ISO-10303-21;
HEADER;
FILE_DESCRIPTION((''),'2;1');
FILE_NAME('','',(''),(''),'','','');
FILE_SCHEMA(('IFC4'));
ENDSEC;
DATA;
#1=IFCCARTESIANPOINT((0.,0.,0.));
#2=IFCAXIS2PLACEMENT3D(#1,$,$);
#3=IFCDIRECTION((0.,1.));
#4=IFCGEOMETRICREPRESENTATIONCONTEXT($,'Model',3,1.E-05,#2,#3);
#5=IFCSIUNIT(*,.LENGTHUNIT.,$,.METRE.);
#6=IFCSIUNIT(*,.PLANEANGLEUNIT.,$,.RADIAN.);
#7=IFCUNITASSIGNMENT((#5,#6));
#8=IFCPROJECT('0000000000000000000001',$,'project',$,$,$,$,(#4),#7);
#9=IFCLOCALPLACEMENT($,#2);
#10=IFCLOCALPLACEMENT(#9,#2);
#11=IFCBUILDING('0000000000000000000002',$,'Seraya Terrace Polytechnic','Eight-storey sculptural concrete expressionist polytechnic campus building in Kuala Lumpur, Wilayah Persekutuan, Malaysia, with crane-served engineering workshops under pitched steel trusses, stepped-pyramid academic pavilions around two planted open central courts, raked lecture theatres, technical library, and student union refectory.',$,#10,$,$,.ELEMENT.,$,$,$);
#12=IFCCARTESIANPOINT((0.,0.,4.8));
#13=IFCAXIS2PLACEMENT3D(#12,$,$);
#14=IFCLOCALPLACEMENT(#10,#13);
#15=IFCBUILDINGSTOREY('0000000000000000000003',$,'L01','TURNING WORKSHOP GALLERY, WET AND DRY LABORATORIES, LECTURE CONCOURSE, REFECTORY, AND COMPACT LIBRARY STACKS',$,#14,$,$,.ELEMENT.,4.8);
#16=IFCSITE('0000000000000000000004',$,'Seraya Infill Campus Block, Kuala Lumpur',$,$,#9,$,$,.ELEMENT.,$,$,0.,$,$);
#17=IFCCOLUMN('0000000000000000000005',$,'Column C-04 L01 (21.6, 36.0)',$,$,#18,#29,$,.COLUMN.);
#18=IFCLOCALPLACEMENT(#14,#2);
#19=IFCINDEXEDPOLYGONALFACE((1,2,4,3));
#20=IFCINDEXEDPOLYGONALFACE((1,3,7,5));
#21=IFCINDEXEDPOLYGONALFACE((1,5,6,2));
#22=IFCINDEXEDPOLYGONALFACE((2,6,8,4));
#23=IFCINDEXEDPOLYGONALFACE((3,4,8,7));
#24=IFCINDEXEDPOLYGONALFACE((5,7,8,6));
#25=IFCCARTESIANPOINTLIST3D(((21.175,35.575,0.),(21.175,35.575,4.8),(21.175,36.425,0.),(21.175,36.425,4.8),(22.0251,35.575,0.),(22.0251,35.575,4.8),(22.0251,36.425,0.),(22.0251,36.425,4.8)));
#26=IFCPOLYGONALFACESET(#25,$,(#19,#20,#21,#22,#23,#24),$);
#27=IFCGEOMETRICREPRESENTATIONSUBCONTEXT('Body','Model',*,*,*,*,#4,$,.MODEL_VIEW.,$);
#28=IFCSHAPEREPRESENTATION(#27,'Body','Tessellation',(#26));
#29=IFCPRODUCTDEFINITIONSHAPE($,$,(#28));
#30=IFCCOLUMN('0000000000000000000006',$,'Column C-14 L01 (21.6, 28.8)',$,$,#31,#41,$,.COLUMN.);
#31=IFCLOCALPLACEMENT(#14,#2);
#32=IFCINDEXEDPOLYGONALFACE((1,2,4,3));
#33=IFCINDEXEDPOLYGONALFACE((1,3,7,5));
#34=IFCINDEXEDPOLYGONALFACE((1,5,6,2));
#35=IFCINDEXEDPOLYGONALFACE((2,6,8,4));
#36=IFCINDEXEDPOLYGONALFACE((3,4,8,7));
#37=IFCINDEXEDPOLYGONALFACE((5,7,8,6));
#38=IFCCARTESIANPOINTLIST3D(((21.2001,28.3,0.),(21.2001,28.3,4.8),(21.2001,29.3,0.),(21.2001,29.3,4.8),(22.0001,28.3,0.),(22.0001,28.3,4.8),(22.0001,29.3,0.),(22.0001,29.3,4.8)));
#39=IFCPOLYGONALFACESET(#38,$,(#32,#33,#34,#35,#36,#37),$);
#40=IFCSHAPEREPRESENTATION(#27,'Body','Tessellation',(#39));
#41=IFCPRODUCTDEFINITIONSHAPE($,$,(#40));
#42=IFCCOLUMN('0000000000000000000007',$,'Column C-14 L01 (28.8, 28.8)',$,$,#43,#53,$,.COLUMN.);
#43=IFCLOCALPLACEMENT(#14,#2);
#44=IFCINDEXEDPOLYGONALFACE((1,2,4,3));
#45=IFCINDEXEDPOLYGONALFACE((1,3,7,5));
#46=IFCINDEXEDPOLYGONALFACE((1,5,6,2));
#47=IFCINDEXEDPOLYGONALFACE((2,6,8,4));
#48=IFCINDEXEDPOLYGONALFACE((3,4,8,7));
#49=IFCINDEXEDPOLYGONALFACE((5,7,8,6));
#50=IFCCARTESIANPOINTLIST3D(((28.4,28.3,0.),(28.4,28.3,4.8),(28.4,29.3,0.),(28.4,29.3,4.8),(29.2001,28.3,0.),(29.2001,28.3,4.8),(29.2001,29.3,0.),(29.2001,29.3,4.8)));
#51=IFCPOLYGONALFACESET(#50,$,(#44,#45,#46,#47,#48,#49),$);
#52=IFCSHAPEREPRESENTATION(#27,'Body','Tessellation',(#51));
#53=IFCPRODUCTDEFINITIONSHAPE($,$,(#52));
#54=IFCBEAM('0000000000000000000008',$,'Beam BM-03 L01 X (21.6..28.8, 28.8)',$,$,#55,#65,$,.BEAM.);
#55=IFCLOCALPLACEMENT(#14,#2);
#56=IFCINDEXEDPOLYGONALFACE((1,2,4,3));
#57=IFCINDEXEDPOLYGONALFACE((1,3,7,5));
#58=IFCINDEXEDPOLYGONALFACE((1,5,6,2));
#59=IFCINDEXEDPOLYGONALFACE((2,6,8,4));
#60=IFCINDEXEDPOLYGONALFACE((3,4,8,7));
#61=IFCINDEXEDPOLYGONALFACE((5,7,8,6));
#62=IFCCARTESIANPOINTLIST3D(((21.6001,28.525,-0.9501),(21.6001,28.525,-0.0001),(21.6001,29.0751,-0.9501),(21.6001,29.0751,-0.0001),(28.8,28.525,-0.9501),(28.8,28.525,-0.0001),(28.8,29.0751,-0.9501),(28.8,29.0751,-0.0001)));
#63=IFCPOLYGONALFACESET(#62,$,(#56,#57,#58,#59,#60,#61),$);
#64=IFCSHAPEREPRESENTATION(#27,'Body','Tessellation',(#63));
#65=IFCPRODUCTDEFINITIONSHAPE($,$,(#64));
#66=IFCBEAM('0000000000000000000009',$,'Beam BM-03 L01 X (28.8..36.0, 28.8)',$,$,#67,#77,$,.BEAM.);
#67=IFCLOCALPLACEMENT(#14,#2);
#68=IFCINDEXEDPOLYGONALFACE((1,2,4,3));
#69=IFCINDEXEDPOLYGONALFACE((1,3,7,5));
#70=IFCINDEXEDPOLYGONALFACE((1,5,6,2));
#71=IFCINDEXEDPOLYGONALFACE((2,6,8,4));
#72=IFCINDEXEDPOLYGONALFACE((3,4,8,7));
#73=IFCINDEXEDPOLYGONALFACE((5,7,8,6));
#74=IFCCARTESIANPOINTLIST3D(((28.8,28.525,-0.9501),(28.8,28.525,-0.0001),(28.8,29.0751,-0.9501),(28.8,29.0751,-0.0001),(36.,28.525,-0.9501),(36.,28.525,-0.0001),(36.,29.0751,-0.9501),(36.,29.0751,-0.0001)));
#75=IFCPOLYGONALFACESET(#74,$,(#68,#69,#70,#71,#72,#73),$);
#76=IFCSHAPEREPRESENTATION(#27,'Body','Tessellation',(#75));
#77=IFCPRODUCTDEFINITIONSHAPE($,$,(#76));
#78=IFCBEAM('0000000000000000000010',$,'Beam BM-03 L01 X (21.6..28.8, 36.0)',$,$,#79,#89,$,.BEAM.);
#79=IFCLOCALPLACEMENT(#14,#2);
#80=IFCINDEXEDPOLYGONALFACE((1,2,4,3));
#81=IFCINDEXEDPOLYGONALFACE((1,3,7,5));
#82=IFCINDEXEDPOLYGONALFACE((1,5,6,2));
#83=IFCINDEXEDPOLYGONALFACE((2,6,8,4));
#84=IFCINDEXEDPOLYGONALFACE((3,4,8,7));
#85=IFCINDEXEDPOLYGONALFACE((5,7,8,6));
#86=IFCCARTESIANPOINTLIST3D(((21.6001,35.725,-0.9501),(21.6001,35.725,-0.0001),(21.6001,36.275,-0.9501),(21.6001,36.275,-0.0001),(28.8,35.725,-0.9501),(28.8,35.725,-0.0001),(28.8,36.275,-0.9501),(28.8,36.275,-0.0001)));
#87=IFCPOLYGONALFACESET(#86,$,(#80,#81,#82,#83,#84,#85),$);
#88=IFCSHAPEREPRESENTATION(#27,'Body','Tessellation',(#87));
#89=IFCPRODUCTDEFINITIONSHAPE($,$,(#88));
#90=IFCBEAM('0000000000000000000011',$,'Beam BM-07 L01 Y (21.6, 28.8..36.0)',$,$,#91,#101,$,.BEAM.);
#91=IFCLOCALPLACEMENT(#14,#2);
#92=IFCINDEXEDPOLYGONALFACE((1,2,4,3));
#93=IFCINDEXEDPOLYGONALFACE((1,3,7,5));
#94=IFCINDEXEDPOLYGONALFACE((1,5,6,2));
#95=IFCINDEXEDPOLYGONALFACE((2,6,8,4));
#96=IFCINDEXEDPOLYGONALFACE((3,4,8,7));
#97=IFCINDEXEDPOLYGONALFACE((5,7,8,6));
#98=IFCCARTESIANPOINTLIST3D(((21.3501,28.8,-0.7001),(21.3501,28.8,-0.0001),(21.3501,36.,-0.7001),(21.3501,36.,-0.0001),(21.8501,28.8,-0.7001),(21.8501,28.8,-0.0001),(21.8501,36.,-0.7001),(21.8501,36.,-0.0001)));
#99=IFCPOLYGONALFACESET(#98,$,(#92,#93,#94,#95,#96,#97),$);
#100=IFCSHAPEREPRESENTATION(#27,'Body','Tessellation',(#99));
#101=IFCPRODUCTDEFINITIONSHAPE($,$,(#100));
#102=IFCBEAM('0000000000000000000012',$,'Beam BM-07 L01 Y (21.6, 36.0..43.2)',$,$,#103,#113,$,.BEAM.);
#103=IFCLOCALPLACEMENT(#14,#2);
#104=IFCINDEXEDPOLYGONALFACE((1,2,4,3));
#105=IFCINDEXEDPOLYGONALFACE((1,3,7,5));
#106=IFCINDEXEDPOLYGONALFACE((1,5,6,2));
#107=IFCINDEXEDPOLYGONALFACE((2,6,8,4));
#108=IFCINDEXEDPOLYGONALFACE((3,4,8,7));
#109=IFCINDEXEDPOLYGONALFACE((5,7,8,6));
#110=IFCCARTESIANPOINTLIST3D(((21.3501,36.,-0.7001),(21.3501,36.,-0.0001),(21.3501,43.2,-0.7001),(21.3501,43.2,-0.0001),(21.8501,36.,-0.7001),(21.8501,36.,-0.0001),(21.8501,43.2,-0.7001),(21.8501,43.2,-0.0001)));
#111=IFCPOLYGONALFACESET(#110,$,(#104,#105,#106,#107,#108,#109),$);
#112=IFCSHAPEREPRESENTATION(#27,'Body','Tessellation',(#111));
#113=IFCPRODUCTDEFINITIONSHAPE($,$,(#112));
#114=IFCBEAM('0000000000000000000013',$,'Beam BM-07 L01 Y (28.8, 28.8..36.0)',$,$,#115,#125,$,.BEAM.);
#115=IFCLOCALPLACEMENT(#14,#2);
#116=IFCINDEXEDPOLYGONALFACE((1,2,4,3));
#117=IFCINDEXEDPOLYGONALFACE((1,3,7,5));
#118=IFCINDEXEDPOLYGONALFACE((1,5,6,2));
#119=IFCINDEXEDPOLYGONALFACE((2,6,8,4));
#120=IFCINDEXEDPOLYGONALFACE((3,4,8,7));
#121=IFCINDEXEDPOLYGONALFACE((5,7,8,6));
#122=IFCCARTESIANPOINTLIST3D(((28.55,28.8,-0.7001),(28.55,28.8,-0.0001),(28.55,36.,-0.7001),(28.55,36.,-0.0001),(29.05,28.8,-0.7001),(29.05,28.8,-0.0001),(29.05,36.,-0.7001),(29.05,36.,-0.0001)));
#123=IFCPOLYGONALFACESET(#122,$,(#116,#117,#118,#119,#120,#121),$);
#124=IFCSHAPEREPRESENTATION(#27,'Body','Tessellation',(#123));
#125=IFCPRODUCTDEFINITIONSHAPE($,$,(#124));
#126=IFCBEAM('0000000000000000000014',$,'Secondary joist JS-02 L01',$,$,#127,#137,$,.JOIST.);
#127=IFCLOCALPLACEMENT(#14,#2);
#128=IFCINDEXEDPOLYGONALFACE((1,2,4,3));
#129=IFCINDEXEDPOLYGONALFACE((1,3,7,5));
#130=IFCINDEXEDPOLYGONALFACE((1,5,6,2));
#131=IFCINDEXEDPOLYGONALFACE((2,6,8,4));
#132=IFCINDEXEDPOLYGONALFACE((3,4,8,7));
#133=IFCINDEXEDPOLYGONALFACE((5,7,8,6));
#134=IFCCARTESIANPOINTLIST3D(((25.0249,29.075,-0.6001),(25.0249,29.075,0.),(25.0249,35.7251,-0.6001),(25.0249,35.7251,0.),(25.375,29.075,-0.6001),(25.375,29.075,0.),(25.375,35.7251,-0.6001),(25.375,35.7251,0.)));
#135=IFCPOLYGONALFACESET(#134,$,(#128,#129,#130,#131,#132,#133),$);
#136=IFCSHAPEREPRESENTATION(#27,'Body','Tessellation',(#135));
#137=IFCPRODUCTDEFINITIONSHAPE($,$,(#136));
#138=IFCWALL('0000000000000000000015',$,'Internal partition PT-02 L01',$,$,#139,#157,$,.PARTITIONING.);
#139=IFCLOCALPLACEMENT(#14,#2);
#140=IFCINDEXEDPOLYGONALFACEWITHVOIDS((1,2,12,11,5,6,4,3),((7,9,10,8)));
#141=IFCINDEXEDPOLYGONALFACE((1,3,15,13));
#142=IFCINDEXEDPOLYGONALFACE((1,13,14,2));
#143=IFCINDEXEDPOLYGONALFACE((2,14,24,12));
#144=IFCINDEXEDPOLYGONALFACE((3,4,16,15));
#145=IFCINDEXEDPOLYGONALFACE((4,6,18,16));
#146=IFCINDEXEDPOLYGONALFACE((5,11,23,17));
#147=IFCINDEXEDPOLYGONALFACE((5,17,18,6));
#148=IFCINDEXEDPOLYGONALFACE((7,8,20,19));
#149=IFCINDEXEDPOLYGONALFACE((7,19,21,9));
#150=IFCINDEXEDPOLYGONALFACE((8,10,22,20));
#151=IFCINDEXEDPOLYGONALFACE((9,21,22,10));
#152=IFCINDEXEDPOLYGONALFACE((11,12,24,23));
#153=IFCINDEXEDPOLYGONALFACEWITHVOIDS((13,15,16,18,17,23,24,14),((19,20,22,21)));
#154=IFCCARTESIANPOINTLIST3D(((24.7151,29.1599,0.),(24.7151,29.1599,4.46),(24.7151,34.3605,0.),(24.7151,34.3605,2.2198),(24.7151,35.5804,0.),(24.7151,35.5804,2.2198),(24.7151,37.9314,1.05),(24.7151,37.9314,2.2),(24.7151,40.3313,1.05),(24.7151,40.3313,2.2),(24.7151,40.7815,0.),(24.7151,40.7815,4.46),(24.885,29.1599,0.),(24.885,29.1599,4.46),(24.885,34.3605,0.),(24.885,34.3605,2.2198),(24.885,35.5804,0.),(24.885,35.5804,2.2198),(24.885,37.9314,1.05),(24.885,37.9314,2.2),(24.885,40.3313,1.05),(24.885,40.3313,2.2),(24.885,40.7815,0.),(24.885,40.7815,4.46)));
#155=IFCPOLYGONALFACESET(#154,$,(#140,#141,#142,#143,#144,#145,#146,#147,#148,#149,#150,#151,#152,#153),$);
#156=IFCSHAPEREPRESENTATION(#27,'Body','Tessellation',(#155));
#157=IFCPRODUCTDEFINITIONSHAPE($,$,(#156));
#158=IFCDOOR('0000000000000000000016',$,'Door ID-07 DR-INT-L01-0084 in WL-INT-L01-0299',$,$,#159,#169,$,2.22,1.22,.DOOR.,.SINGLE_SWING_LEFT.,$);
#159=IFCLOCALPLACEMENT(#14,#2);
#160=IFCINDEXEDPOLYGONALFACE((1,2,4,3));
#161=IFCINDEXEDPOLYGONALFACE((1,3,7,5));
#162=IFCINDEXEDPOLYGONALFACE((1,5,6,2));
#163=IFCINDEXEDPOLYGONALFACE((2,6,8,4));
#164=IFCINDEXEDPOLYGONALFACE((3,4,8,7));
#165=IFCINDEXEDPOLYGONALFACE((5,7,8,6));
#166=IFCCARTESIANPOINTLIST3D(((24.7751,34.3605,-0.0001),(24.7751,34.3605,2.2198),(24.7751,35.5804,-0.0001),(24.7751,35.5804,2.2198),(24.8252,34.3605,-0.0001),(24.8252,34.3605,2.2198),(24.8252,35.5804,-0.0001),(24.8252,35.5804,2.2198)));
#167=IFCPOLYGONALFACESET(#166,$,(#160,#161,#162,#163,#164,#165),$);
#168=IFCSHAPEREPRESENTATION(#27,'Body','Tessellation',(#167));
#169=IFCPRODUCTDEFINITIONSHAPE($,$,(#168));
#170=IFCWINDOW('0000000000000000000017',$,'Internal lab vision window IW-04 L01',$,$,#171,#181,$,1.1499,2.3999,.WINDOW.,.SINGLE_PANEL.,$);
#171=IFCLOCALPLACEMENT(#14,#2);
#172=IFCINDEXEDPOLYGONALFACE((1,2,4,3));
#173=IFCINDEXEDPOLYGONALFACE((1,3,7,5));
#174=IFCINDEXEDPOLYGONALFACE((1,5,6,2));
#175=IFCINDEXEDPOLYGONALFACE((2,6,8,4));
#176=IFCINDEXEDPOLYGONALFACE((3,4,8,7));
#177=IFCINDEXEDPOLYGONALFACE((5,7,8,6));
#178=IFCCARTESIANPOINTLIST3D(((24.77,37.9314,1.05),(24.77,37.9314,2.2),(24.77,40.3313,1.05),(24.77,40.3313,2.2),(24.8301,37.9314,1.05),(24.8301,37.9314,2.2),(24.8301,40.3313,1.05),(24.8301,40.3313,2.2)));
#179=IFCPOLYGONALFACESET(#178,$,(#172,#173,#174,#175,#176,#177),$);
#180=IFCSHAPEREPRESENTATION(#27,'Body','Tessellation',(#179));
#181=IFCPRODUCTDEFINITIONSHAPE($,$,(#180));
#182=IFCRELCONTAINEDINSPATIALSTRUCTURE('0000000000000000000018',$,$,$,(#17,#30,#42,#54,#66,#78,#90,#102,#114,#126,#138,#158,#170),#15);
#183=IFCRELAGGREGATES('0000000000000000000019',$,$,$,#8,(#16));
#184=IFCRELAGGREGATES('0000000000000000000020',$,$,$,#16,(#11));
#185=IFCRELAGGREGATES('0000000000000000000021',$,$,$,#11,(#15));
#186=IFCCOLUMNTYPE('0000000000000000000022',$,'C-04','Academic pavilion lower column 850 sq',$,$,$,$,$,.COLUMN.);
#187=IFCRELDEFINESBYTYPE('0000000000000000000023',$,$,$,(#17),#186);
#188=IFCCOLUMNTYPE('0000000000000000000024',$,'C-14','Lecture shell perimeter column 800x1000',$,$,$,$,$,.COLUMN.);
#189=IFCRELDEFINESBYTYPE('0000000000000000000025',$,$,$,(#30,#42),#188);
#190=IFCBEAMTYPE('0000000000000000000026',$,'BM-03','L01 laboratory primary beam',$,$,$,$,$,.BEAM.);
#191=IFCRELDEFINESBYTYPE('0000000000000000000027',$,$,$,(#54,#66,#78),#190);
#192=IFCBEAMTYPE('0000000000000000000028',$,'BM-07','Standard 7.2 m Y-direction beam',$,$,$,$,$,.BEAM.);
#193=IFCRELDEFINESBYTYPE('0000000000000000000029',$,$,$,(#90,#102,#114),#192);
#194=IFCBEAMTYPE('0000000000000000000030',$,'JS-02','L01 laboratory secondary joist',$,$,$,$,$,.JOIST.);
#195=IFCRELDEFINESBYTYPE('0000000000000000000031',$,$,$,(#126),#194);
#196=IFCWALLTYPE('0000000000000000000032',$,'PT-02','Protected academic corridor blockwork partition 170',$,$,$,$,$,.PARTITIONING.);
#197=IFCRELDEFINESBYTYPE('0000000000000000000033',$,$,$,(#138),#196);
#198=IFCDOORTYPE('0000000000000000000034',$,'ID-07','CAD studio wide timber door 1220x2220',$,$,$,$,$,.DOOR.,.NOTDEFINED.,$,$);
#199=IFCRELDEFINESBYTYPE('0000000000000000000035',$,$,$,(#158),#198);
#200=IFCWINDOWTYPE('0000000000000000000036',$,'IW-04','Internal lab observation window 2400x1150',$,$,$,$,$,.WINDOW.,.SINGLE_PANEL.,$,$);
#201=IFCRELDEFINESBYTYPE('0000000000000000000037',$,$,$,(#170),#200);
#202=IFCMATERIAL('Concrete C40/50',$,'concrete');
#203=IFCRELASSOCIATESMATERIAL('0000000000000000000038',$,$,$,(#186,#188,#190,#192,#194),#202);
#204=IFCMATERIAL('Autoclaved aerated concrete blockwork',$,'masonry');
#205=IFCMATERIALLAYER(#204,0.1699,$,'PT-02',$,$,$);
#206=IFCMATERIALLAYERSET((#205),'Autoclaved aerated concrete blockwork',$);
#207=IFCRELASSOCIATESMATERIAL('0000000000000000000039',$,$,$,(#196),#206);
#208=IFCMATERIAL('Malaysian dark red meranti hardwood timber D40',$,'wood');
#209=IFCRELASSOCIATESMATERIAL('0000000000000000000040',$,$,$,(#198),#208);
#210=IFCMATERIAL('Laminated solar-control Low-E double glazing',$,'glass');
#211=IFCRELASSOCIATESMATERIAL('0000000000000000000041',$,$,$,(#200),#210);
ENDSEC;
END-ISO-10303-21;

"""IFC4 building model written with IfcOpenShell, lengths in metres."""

from ifc_helpers import new_model, si_unit, direction, frame, frame_2d, origin, origin_2d, place, context, subcontext, project, spatial, rectangle, extrude, material, layer, layer_set, material_profile, profile_set, type_object, element, fill, save


model = new_model("IFC4")

# Units and contexts
model_context = context("Model", 3, precision=1e-05, world=origin(), true_north=direction((0.0, 1.0)))
body_context = subcontext(model_context, "Body", "Model", "MODEL_VIEW")
ifc_project = project(units=[si_unit("LENGTHUNIT", "METRE"), si_unit("PLANEANGLEUNIT", "RADIAN")], contexts=[model_context])

# Site, building, storey
site_placement = place(None, origin())
site = spatial("IfcSite", under=ifc_project, at=site_placement, Name="Seraya Infill Campus Block, Kuala Lumpur", CompositionType="ELEMENT", RefElevation=0.0)
building_placement = place(site_placement, origin())
building = spatial("IfcBuilding", under=site, at=building_placement, Name="Seraya Terrace Polytechnic", Description="Eight-storey sculptural concrete expressionist polytechnic campus building in Kuala Lumpur, Wilayah Persekutuan, Malaysia, with crane-served engineering workshops under pitched steel trusses, stepped-pyramid academic pavilions around two planted open central courts, raked lecture theatres, technical library, and student union refectory.", CompositionType="ELEMENT")
storey_placement = place(building_placement, frame((0.0, 0.0, 4.8)))
storey = spatial("IfcBuildingStorey", under=building, at=storey_placement, Name="L01", Description="TURNING WORKSHOP GALLERY, WET AND DRY LABORATORIES, LECTURE CONCOURSE, REFECTORY, AND COMPACT LIBRARY STACKS", CompositionType="ELEMENT", Elevation=4.8)

# Columns
ifc_material_1 = material(Name="Concrete C40/50", Category="concrete")
ifc_material_profile_1 = material_profile(ifc_material_1, rectangle(XDim=0.8501, YDim=0.8501, at=origin_2d()), Name="RC 850x850")
ifc_profile_set_1 = profile_set([ifc_material_profile_1], Name="Concrete C40/50")
column_type_1 = type_object("IfcColumnType", Name="C-04", Description="Academic pavilion lower column 850 sq", PredefinedType="COLUMN", material=ifc_profile_set_1)
column_placement = place(storey_placement, frame((21.6001, 36.0, 0.0), z_axis=(0.0, 0.0, 1.0), x_axis=(1.0, 0.0, 0.0)))
element("IfcColumn", 1, at=column_placement, inside=storey, type_object=column_type_1, Name="Column C-04 L01 (21.6, 36.0)", PredefinedType="COLUMN", context=body_context, shape_type="SweptSolid", body=[
    extrude(rectangle(XDim=0.8501, YDim=0.8501, at=origin_2d()), origin(), (0.0, 0.0, 1.0), 4.8),
])
ifc_material_profile_2 = material_profile(ifc_material_1, rectangle(XDim=0.8, YDim=1.0, at=origin_2d()), Name="RC 800x1000")
ifc_profile_set_2 = profile_set([ifc_material_profile_2], Name="Concrete C40/50")
column_type_2 = type_object("IfcColumnType", Name="C-14", Description="Lecture shell perimeter column 800x1000", PredefinedType="COLUMN", material=ifc_profile_set_2)
for number, where, z_axis, x_axis, name in (
    (2, (21.6001, 28.8, 0.0), (0.0, 0.0, 1.0), (1.0, 0.0, 0.0), "Column C-14 L01 (21.6, 28.8)"),
    (3, (28.8, 28.8, 0.0), (0.0, 0.0, 1.0), (1.0, 0.0, 0.0), "Column C-14 L01 (28.8, 28.8)"),
):
    element("IfcColumn", number, at=place(storey_placement, frame(where, z_axis=z_axis, x_axis=x_axis)), inside=storey, type_object=column_type_2, Name=name, PredefinedType="COLUMN", context=body_context, shape_type="SweptSolid", body=[
        extrude(rectangle(XDim=0.8, YDim=1.0, at=origin_2d()), origin(), (0.0, 0.0, 1.0), 4.8),
    ])

# Beams
ifc_material_profile_3 = material_profile(ifc_material_1, rectangle(XDim=0.55, YDim=0.95, at=origin_2d()), Name="RC 550x950")
ifc_profile_set_3 = profile_set([ifc_material_profile_3], Name="Concrete C40/50")
beam_type_1 = type_object("IfcBeamType", Name="BM-03", Description="L01 laboratory primary beam", PredefinedType="BEAM", material=ifc_profile_set_3)
for number, where, z_axis, x_axis, name in (
    (4, (21.6001, 28.8, -0.4751), (1.0, 0.0, 0.0), (0.0, 1.0, 0.0), "Beam BM-03 L01 X (21.6..28.8, 28.8)"),
    (5, (28.8, 28.8, -0.4751), (1.0, 0.0, 0.0), (0.0, 1.0, 0.0), "Beam BM-03 L01 X (28.8..36.0, 28.8)"),
    (6, (21.6001, 36.0, -0.4751), (1.0, 0.0, 0.0), (0.0, 1.0, 0.0), "Beam BM-03 L01 X (21.6..28.8, 36.0)"),
):
    element("IfcBeam", number, at=place(storey_placement, frame(where, z_axis=z_axis, x_axis=x_axis)), inside=storey, type_object=beam_type_1, Name=name, PredefinedType="BEAM", context=body_context, shape_type="SweptSolid", body=[
        extrude(rectangle(XDim=0.55, YDim=0.95, at=origin_2d()), origin(), (0.0, 0.0, 1.0), 7.2),
    ])
ifc_material_profile_4 = material_profile(ifc_material_1, rectangle(XDim=0.5, YDim=0.7, at=origin_2d()), Name="RC 500x700")
ifc_profile_set_4 = profile_set([ifc_material_profile_4], Name="Concrete C40/50")
beam_type_2 = type_object("IfcBeamType", Name="BM-07", Description="Standard 7.2 m Y-direction beam", PredefinedType="BEAM", material=ifc_profile_set_4)
for number, where, z_axis, x_axis, name in (
    (7, (21.6001, 28.8, -0.3501), (0.0, 1.0, 0.0), (-1.0, 0.0, 0.0), "Beam BM-07 L01 Y (21.6, 28.8..36.0)"),
    (8, (21.6001, 36.0, -0.3501), (0.0, 1.0, 0.0), (-1.0, 0.0, 0.0), "Beam BM-07 L01 Y (21.6, 36.0..43.2)"),
    (9, (28.8, 28.8, -0.3501), (0.0, 1.0, 0.0), (-1.0, 0.0, 0.0), "Beam BM-07 L01 Y (28.8, 28.8..36.0)"),
):
    element("IfcBeam", number, at=place(storey_placement, frame(where, z_axis=z_axis, x_axis=x_axis)), inside=storey, type_object=beam_type_2, Name=name, PredefinedType="BEAM", context=body_context, shape_type="SweptSolid", body=[
        extrude(rectangle(XDim=0.5, YDim=0.7, at=origin_2d()), origin(), (0.0, 0.0, 1.0), 7.2),
    ])
ifc_material_profile_5 = material_profile(ifc_material_1, rectangle(XDim=0.3501, YDim=0.6001, at=origin_2d()), Name="RC 350x600")
ifc_profile_set_5 = profile_set([ifc_material_profile_5], Name="Concrete C40/50")
beam_type_3 = type_object("IfcBeamType", Name="JS-02", Description="L01 laboratory secondary joist", PredefinedType="JOIST", material=ifc_profile_set_5)
beam_placement = place(storey_placement, frame((25.2, 29.075, -0.3), z_axis=(0.0, 1.0, 0.0), x_axis=(-1.0, 0.0, 0.0)))
element("IfcBeam", 10, at=beam_placement, inside=storey, type_object=beam_type_3, Name="Secondary joist JS-02 L01", PredefinedType="JOIST", context=body_context, shape_type="SweptSolid", body=[
    extrude(rectangle(XDim=0.3501, YDim=0.6001, at=origin_2d()), origin(), (0.0, 0.0, 1.0), 6.6501),
])

# Wall, openings, door, window
ifc_material_2 = material(Name="Autoclaved aerated concrete blockwork", Category="masonry")
ifc_layer_1 = layer(ifc_material_2, 0.1699, Name="PT-02")
ifc_layer_set_1 = layer_set([ifc_layer_1], Name="Autoclaved aerated concrete blockwork")
wall_type_1 = type_object("IfcWallType", Name="PT-02", Description="Protected academic corridor blockwork partition 170", PredefinedType="PARTITIONING", material=ifc_layer_set_1)
wall_1_placement = place(storey_placement, frame((24.8, 29.1599, 0.0), z_axis=(0.0, 0.0, 1.0), x_axis=(0.0, 1.0, 0.0)))
wall_1 = element("IfcWall", 11, at=wall_1_placement, inside=storey, type_object=wall_type_1, Name="Internal partition PT-02 L01", PredefinedType="PARTITIONING", context=body_context, shape_type="SweptSolid", body=[
    extrude(rectangle(XDim=11.6216, YDim=0.1699, at=frame_2d((5.8108, 0.0))), origin(), (0.0, 0.0, 1.0), 4.46),
])
opening_1_placement = place(wall_1_placement, frame((5.2007, 0.0, 0.0)))
opening_1 = element("IfcOpeningElement", 12, at=opening_1_placement, cuts=wall_1, PredefinedType="OPENING", context=body_context, shape_type="SweptSolid", body=[
    extrude(rectangle(XDim=1.22, YDim=2.22, at=frame_2d((0.6099, 1.1099))), frame((0.0, 0.0969, 0.0), z_axis=(0.0, -1.0, 0.0), x_axis=(1.0, 0.0, 0.0)), (0.0, 0.0, 1.0), 0.1938),
])
opening_2_placement = place(wall_1_placement, frame((8.7715, 0.0, 1.05)))
opening_2 = element("IfcOpeningElement", 13, at=opening_2_placement, cuts=wall_1, PredefinedType="OPENING", context=body_context, shape_type="SweptSolid", body=[
    extrude(rectangle(XDim=2.3999, YDim=1.1499, at=frame_2d((1.2, 0.575))), frame((0.0, 0.0969, 0.0), z_axis=(0.0, -1.0, 0.0), x_axis=(1.0, 0.0, 0.0)), (0.0, 0.0, 1.0), 0.1938),
])
ifc_material_3 = material(Name="Malaysian dark red meranti hardwood timber D40", Category="wood")
door_type_1 = type_object("IfcDoorType", Name="ID-07", Description="CAD studio wide timber door 1220x2220", OperationType="NOTDEFINED", PredefinedType="DOOR", material=ifc_material_3)
door_1_placement = place(opening_1_placement, origin())
door_1 = element("IfcDoor", 14, at=door_1_placement, inside=storey, type_object=door_type_1, Name="Door ID-07 DR-INT-L01-0084 in WL-INT-L01-0299", OperationType="SINGLE_SWING_LEFT", OverallHeight=2.22, OverallWidth=1.22, PredefinedType="DOOR", context=body_context, shape_type="SweptSolid", body=[
    extrude(rectangle(XDim=1.22, YDim=2.22, at=frame_2d((0.6099, 1.1099))), frame((0.0, 0.0249, 0.0), z_axis=(0.0, -1.0, 0.0), x_axis=(1.0, 0.0, 0.0)), (0.0, 0.0, 1.0), 0.05),
])
fill(opening_1, door_1)
ifc_material_4 = material(Name="Laminated solar-control Low-E double glazing", Category="glass")
window_type = type_object("IfcWindowType", Name="IW-04", Description="Internal lab observation window 2400x1150", PartitioningType="SINGLE_PANEL", PredefinedType="WINDOW", material=ifc_material_4)
window_placement = place(opening_2_placement, origin())
window = element("IfcWindow", 15, at=window_placement, inside=storey, type_object=window_type, Name="Internal lab vision window IW-04 L01", OverallHeight=1.1499, OverallWidth=2.3999, PartitioningType="SINGLE_PANEL", PredefinedType="WINDOW", context=body_context, shape_type="SweptSolid", body=[
    extrude(rectangle(XDim=2.3999, YDim=1.1499, at=frame_2d((1.2, 0.575))), frame((0.0, 0.03, 0.0), z_axis=(0.0, -1.0, 0.0), x_axis=(1.0, 0.0, 0.0)), (0.0, 0.0, 1.0), 0.0601),
])
fill(opening_2, window)

save(model, "model.ifc")
